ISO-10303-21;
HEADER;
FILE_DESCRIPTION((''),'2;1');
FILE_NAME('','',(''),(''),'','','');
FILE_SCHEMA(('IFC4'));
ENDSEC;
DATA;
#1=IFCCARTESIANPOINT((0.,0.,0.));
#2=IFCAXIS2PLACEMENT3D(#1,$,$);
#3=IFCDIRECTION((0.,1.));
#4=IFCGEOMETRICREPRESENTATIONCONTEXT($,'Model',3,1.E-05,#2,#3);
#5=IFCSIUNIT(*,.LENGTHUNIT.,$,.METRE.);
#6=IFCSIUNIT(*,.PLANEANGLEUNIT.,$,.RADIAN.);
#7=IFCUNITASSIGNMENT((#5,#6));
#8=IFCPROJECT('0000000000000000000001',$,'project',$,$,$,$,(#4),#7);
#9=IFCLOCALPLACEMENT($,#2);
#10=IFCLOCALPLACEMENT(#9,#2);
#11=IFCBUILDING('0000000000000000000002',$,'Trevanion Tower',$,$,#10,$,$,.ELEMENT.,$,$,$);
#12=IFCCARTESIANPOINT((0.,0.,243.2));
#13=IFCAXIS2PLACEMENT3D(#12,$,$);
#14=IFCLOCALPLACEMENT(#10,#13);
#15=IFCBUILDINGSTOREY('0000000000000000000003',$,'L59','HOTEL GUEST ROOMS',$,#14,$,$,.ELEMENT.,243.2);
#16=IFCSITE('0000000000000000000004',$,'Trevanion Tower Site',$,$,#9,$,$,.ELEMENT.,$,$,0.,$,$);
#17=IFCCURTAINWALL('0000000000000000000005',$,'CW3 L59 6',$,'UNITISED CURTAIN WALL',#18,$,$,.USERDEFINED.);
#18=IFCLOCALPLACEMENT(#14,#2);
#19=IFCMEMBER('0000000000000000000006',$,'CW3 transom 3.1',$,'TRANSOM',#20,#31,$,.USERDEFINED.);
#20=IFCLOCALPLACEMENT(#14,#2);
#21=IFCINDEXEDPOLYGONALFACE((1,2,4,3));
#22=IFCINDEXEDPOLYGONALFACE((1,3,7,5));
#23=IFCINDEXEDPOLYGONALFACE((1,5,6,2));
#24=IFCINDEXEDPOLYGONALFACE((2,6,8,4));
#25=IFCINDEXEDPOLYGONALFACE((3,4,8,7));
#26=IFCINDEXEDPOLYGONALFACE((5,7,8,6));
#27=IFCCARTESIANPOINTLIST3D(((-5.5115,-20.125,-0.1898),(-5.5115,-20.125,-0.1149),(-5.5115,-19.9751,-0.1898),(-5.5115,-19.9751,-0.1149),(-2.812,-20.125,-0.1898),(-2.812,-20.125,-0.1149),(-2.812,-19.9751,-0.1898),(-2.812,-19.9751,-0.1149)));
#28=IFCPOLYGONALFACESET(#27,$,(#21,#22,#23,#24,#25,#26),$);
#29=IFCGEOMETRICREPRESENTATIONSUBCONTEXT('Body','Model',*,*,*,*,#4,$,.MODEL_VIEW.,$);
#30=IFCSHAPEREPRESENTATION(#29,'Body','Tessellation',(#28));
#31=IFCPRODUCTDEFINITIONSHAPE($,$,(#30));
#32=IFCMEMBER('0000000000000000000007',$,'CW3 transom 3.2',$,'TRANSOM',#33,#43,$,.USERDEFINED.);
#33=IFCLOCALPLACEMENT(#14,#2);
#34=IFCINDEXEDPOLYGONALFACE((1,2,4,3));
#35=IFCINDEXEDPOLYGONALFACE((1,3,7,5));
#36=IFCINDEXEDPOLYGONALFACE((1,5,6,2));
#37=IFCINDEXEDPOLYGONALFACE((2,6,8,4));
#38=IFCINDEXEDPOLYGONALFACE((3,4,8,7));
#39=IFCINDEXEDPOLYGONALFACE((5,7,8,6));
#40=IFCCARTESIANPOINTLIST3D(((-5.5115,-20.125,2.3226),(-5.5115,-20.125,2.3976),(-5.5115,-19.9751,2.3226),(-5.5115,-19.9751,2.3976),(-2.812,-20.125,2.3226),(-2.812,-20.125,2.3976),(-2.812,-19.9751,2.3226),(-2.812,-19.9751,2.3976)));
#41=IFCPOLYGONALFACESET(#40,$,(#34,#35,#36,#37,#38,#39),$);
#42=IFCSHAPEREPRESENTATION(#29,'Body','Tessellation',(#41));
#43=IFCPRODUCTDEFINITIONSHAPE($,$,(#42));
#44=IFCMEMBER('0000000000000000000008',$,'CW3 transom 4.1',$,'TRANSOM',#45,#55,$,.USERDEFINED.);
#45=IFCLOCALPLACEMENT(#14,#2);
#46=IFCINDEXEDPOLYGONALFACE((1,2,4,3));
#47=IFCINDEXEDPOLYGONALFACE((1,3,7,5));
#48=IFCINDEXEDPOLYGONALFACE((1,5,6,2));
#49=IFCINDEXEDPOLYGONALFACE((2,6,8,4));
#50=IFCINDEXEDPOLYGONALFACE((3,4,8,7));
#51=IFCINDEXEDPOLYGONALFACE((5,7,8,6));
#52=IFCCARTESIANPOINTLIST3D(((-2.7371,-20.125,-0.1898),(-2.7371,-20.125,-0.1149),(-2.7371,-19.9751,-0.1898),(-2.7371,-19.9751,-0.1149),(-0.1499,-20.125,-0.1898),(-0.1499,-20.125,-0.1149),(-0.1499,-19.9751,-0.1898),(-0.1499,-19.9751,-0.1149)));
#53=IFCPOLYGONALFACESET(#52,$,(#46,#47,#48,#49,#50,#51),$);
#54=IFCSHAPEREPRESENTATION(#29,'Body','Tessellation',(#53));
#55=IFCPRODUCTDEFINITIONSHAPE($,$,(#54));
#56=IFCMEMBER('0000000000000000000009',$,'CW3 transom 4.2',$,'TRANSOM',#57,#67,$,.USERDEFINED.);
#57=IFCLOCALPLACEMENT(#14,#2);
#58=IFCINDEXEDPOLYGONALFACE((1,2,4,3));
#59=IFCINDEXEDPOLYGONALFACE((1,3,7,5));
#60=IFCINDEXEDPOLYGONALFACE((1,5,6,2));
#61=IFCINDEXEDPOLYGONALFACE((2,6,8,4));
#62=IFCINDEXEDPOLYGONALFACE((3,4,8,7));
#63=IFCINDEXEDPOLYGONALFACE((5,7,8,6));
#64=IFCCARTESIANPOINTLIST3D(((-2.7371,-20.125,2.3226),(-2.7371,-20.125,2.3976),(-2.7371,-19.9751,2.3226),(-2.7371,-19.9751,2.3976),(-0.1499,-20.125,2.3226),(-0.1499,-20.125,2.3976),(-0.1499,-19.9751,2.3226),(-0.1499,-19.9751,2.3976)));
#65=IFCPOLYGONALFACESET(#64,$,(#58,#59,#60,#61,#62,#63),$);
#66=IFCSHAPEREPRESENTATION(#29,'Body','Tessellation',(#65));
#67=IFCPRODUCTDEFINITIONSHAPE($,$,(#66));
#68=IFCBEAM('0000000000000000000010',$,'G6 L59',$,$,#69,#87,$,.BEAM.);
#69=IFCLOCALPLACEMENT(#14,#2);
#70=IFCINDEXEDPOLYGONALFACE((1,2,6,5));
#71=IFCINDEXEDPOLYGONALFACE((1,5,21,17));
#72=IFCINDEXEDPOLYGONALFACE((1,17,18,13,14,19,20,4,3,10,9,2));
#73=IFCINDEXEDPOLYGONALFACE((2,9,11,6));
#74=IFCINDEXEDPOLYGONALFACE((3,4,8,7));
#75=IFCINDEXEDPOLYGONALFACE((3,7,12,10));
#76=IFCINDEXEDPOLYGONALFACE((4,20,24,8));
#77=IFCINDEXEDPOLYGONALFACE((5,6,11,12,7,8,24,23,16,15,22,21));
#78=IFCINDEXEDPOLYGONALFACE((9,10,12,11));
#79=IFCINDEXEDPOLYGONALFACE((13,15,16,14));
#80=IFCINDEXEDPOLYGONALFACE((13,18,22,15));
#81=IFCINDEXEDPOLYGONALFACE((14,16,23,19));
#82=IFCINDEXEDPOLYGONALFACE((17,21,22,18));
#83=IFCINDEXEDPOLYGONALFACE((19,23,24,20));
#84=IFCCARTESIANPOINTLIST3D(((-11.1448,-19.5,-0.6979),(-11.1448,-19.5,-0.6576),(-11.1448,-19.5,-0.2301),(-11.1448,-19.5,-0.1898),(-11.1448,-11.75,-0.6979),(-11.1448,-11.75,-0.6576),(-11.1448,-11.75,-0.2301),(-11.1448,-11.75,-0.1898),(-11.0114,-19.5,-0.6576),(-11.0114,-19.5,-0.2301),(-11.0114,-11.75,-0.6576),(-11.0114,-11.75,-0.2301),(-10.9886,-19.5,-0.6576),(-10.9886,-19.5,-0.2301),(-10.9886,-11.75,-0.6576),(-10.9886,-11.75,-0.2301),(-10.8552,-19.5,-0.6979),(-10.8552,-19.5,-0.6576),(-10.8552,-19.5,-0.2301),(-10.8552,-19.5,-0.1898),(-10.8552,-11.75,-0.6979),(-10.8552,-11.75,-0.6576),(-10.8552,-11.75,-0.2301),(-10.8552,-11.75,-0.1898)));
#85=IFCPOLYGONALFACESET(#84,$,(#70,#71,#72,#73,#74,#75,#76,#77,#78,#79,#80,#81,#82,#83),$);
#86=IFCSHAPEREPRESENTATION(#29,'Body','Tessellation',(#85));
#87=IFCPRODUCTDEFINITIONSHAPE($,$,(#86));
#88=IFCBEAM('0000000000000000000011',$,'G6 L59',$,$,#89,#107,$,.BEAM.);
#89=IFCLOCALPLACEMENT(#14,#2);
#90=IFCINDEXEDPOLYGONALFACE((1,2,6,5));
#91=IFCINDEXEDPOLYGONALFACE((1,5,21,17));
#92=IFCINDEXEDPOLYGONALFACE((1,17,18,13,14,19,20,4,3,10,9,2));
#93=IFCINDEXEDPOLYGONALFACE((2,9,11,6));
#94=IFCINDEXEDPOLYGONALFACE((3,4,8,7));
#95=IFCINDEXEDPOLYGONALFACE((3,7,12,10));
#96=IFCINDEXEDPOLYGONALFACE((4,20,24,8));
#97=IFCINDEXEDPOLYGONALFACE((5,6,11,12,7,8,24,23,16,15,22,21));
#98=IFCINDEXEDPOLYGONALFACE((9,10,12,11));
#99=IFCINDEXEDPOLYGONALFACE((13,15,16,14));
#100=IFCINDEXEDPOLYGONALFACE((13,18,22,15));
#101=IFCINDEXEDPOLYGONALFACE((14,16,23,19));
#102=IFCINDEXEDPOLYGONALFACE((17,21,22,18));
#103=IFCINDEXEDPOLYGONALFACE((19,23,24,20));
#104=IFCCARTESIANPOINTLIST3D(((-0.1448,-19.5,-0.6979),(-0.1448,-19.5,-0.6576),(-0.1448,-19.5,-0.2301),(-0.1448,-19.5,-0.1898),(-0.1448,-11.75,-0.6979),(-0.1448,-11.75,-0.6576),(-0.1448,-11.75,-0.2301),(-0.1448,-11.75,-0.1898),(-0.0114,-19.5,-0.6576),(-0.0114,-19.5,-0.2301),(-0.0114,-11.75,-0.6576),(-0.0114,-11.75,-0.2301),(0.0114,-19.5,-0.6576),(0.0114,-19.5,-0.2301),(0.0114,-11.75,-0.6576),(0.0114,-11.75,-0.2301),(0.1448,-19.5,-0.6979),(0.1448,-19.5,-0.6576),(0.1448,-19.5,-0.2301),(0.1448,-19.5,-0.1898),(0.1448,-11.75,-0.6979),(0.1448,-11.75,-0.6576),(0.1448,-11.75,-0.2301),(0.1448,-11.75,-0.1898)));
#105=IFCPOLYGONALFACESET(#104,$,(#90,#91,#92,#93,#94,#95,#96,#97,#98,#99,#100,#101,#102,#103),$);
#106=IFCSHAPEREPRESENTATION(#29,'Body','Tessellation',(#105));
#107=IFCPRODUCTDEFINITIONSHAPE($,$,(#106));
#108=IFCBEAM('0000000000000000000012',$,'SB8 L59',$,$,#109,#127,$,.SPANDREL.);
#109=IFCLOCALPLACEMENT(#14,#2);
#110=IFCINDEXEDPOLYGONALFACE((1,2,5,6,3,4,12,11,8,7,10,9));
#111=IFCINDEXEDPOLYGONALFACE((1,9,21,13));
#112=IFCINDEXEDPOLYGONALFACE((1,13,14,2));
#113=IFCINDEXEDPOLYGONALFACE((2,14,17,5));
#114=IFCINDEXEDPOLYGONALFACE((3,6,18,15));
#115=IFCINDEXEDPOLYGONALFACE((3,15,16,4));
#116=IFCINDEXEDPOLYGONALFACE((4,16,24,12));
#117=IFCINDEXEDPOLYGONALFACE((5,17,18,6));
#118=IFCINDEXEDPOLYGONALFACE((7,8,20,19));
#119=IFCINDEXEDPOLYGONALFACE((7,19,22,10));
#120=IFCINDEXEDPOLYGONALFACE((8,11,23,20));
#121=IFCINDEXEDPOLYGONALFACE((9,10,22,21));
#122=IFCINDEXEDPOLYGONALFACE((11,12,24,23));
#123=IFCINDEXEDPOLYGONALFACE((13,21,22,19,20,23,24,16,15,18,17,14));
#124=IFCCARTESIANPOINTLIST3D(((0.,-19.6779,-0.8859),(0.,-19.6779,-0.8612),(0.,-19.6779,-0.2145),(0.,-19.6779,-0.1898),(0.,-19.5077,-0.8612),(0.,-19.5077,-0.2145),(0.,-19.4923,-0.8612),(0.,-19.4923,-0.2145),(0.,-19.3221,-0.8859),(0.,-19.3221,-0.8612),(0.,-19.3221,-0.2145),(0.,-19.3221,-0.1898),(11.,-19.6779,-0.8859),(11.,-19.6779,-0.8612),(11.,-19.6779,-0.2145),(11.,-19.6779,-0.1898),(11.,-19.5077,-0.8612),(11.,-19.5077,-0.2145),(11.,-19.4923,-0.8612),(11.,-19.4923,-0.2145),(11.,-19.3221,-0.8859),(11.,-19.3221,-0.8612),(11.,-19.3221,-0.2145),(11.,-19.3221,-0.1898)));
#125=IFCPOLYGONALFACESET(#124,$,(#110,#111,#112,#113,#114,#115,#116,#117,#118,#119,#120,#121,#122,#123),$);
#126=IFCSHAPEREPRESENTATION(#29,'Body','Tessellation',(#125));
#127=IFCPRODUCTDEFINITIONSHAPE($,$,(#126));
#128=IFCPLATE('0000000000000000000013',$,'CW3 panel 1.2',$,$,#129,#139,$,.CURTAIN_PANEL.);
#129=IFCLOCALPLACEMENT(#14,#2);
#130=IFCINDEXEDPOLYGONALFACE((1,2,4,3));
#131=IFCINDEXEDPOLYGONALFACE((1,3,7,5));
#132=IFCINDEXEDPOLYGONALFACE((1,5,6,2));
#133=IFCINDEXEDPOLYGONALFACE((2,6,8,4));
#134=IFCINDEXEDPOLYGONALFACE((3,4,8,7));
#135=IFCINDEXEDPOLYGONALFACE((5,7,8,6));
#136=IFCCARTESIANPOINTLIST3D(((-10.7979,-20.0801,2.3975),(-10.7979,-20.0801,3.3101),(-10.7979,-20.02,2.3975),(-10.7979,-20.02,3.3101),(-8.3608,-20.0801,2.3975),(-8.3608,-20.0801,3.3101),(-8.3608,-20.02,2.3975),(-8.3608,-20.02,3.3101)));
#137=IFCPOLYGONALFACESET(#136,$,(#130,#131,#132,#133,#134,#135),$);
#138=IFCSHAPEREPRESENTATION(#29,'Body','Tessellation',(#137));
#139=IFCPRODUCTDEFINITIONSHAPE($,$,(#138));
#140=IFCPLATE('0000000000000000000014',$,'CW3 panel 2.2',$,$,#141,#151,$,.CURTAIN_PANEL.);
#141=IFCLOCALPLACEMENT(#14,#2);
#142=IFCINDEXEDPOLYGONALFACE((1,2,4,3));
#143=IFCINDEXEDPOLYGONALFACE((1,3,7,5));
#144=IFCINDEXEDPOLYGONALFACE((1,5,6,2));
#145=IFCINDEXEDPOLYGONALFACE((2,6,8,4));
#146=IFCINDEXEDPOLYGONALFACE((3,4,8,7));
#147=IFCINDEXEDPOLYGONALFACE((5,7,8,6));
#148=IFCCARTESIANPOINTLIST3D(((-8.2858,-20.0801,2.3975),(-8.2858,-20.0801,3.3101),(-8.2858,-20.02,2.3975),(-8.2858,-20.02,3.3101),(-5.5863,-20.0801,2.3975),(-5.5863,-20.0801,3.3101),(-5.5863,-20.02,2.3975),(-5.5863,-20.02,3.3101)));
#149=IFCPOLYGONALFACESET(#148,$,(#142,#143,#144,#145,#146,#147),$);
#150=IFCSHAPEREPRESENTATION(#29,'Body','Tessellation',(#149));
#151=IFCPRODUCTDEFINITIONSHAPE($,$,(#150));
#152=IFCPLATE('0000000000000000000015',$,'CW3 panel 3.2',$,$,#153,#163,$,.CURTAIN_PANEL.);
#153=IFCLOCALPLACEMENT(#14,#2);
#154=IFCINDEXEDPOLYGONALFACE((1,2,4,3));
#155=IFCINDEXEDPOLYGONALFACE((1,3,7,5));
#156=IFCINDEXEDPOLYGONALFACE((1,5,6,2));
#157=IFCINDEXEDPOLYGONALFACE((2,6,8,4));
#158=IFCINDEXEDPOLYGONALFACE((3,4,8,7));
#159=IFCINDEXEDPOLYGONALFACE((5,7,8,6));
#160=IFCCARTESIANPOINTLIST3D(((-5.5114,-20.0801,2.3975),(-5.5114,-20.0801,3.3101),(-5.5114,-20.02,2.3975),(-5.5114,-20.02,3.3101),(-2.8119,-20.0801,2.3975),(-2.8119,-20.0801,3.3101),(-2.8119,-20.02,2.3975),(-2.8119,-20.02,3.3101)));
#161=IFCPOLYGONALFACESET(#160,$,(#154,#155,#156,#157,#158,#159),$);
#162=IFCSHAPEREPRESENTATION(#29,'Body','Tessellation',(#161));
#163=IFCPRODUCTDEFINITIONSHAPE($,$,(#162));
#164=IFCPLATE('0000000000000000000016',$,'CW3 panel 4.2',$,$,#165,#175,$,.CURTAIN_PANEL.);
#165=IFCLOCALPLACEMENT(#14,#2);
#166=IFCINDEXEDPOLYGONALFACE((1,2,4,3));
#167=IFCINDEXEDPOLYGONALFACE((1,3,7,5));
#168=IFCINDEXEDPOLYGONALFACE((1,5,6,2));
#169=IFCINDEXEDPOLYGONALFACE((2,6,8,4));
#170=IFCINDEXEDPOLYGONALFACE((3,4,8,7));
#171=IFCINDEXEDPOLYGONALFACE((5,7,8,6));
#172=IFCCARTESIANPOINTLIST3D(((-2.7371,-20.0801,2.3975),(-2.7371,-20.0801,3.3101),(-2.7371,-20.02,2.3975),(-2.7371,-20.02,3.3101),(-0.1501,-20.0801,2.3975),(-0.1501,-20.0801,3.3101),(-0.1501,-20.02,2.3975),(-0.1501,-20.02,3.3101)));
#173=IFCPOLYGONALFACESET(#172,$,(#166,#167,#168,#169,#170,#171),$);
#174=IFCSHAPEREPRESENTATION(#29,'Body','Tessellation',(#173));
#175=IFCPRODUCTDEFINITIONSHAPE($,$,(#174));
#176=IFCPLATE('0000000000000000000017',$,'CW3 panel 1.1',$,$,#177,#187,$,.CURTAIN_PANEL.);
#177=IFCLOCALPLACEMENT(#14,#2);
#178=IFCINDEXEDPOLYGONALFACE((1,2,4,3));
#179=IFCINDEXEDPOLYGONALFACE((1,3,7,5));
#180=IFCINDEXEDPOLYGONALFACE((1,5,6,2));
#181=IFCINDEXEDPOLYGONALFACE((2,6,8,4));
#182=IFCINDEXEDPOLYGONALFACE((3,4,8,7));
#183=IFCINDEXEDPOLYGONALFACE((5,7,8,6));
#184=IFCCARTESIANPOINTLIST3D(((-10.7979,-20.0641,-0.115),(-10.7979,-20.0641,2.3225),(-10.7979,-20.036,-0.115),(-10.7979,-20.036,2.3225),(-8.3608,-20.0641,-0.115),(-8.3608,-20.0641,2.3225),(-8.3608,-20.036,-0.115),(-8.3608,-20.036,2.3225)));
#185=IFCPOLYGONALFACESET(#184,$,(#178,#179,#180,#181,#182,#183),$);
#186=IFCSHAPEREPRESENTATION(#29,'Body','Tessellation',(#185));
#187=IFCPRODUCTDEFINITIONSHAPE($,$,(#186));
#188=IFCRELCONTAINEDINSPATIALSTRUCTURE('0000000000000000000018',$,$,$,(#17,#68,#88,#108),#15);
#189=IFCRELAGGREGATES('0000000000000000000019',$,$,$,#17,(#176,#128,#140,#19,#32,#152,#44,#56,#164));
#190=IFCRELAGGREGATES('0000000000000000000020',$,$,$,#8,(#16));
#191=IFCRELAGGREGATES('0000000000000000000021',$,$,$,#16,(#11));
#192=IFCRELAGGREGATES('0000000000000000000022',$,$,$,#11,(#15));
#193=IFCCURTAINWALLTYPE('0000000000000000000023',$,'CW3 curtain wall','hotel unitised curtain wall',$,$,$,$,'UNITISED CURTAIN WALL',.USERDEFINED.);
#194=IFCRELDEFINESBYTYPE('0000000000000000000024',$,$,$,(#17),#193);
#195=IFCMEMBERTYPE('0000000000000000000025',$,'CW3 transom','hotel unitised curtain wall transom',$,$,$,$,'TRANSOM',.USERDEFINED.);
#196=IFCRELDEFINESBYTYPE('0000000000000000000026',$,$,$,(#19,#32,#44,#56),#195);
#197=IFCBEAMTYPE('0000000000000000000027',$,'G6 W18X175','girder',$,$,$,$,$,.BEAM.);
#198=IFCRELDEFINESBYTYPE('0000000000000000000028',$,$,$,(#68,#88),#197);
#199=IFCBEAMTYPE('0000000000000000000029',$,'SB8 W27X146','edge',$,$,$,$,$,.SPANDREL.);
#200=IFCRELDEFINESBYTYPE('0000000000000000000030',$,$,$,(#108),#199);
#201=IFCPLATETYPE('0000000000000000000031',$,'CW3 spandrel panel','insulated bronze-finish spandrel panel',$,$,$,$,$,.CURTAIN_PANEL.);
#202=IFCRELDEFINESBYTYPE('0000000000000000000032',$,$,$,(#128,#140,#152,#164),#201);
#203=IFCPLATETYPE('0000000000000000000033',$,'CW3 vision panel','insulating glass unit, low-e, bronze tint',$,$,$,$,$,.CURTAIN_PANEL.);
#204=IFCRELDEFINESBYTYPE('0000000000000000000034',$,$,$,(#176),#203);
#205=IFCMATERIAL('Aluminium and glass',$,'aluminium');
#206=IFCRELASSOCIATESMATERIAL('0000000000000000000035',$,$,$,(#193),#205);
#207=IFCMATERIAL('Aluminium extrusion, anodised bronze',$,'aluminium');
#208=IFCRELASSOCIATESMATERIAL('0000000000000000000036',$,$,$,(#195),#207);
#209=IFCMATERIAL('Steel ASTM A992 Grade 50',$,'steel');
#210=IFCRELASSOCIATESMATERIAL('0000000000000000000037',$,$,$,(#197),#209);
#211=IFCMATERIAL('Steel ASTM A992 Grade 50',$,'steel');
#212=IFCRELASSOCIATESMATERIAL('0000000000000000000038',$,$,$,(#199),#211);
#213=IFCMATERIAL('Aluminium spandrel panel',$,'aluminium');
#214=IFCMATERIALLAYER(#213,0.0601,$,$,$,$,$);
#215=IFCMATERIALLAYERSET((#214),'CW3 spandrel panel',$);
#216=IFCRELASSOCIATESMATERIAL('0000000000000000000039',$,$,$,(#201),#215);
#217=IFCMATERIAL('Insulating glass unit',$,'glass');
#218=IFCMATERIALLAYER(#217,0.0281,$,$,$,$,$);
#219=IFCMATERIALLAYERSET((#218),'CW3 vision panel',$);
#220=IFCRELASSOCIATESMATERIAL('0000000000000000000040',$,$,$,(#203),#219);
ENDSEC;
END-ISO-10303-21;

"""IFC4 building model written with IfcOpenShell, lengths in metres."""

from ifc_helpers import new_model, si_unit, direction, frame, origin, origin_2d, place, context, subcontext, project, spatial, rectangle, i_section, extrude, material, layer, layer_set, material_profile, profile_set, type_object, element, aggregate, save


model = new_model("IFC4")

# Units and contexts
model_context = context("Model", 3, precision=1e-05, world=origin(), true_north=direction((0.0, 1.0)))
body_context = subcontext(model_context, "Body", "Model", "MODEL_VIEW")
ifc_project = project(units=[si_unit("LENGTHUNIT", "METRE"), si_unit("PLANEANGLEUNIT", "RADIAN")], contexts=[model_context])

# Site, building, storey
site_placement = place(None, origin())
site = spatial("IfcSite", under=ifc_project, at=site_placement, Name="Trevanion Tower Site", CompositionType="ELEMENT", RefElevation=0.0)
building_placement = place(site_placement, origin())
building = spatial("IfcBuilding", under=site, at=building_placement, Name="Trevanion Tower", CompositionType="ELEMENT")
storey_placement = place(building_placement, frame((0.0, 0.0, 243.2)))
storey = spatial("IfcBuildingStorey", under=building, at=storey_placement, Name="L59", Description="HOTEL GUEST ROOMS", CompositionType="ELEMENT", Elevation=243.2)

# Curtain wall, members
ifc_material_1 = material(Name="Aluminium and glass", Category="aluminium")
curtain_wall_type = type_object("IfcCurtainWallType", Name="CW3 curtain wall", Description="hotel unitised curtain wall", ElementType="UNITISED CURTAIN WALL", PredefinedType="USERDEFINED", material=ifc_material_1)
curtain_wall_placement = place(storey_placement, origin())
curtain_wall = element("IfcCurtainWall", 1, at=curtain_wall_placement, inside=storey, type_object=curtain_wall_type, Name="CW3 L59 6", ObjectType="UNITISED CURTAIN WALL", PredefinedType="USERDEFINED")
ifc_material_2 = material(Name="Aluminium extrusion, anodised bronze", Category="aluminium")
ifc_material_profile_1 = material_profile(ifc_material_2, rectangle(XDim=0.1499, YDim=0.075, at=origin_2d()), Name="CW3 transom")
ifc_profile_set_1 = profile_set([ifc_material_profile_1], Name="Aluminium extrusion, anodised bronze")
member_type_1 = type_object("IfcMemberType", Name="CW3 transom", Description="hotel unitised curtain wall transom", ElementType="TRANSOM", PredefinedType="USERDEFINED", material=ifc_profile_set_1)
member_1_placement = place(storey_placement, frame((-5.5115, -20.05, -0.1523), z_axis=(1.0, 0.0, 0.0), x_axis=(0.0, 1.0, 0.0)))
member_1 = element("IfcMember", 2, at=member_1_placement, type_object=member_type_1, Name="CW3 transom 3.1", ObjectType="TRANSOM", PredefinedType="USERDEFINED", context=body_context, shape_type="SweptSolid", body=[
    extrude(rectangle(XDim=0.1499, YDim=0.075, at=origin_2d()), origin(), (0.0, 0.0, 1.0), 2.6995),
])
member_2_placement = place(storey_placement, frame((-5.5115, -20.05, 2.3601), z_axis=(1.0, 0.0, 0.0), x_axis=(0.0, 1.0, 0.0)))
member_2 = element("IfcMember", 3, at=member_2_placement, type_object=member_type_1, Name="CW3 transom 3.2", ObjectType="TRANSOM", PredefinedType="USERDEFINED", context=body_context, shape_type="SweptSolid", body=[
    extrude(rectangle(XDim=0.1499, YDim=0.075, at=origin_2d()), origin(), (0.0, 0.0, 1.0), 2.6995),
])
member_3_placement = place(storey_placement, frame((-2.7371, -20.05, -0.1523), z_axis=(1.0, 0.0, 0.0), x_axis=(0.0, 1.0, 0.0)))
member_3 = element("IfcMember", 4, at=member_3_placement, type_object=member_type_1, Name="CW3 transom 4.1", ObjectType="TRANSOM", PredefinedType="USERDEFINED", context=body_context, shape_type="SweptSolid", body=[
    extrude(rectangle(XDim=0.1499, YDim=0.075, at=origin_2d()), origin(), (0.0, 0.0, 1.0), 2.5872),
])
member_4_placement = place(storey_placement, frame((-2.7371, -20.05, 2.3601), z_axis=(1.0, 0.0, 0.0), x_axis=(0.0, 1.0, 0.0)))
member_4 = element("IfcMember", 5, at=member_4_placement, type_object=member_type_1, Name="CW3 transom 4.2", ObjectType="TRANSOM", PredefinedType="USERDEFINED", context=body_context, shape_type="SweptSolid", body=[
    extrude(rectangle(XDim=0.1499, YDim=0.075, at=origin_2d()), origin(), (0.0, 0.0, 1.0), 2.5872),
])

# Beams
ifc_material_3 = material(Name="Steel ASTM A992 Grade 50", Category="steel")
ifc_material_profile_2 = material_profile(ifc_material_3, i_section(OverallWidth=0.2896, OverallDepth=0.5081, WebThickness=0.0227, FlangeThickness=0.0403, at=origin_2d()), Name="W18X175")
ifc_profile_set_2 = profile_set([ifc_material_profile_2], Name="Steel ASTM A992 Grade 50")
beam_type_1 = type_object("IfcBeamType", Name="G6 W18X175", Description="girder", PredefinedType="BEAM", material=ifc_profile_set_2)
for number, where, z_axis, x_axis, name in (
    (6, (-11.0, -11.75, -0.4438), (0.0, -1.0, 0.0), (1.0, 0.0, 0.0), "G6 L59"),
    (7, (0.0, -11.75, -0.4438), (0.0, -1.0, 0.0), (1.0, 0.0, 0.0), "G6 L59"),
):
    element("IfcBeam", number, at=place(storey_placement, frame(where, z_axis=z_axis, x_axis=x_axis)), inside=storey, type_object=beam_type_1, Name=name, PredefinedType="BEAM", context=body_context, shape_type="SweptSolid", body=[
        extrude(i_section(OverallWidth=0.2896, OverallDepth=0.5081, WebThickness=0.0227, FlangeThickness=0.0403, at=origin_2d()), origin(), (0.0, 0.0, 1.0), 7.75),
    ])
ifc_material_4 = material(Name="Steel ASTM A992 Grade 50", Category="steel")
ifc_material_profile_3 = material_profile(ifc_material_4, i_section(OverallWidth=0.3557, OverallDepth=0.696, WebThickness=0.0154, FlangeThickness=0.0247, at=origin_2d()), Name="W27X146")
ifc_profile_set_3 = profile_set([ifc_material_profile_3], Name="Steel ASTM A992 Grade 50")
beam_type_2 = type_object("IfcBeamType", Name="SB8 W27X146", Description="edge", PredefinedType="SPANDREL", material=ifc_profile_set_3)
beam_placement = place(storey_placement, frame((0.0, -19.5, -0.5378), z_axis=(1.0, 0.0, 0.0), x_axis=(0.0, 1.0, 0.0)))
element("IfcBeam", 8, at=beam_placement, inside=storey, type_object=beam_type_2, Name="SB8 L59", PredefinedType="SPANDREL", context=body_context, shape_type="SweptSolid", body=[
    extrude(i_section(OverallWidth=0.3557, OverallDepth=0.696, WebThickness=0.0154, FlangeThickness=0.0247, at=origin_2d()), origin(), (0.0, 0.0, 1.0), 11.0),
])

# Plates
ifc_material_5 = material(Name="Aluminium spandrel panel", Category="aluminium")
ifc_layer_1 = layer(ifc_material_5, 0.0601)
ifc_layer_set_1 = layer_set([ifc_layer_1], Name="CW3 spandrel panel")
plate_type_1 = type_object("IfcPlateType", Name="CW3 spandrel panel", Description="insulated bronze-finish spandrel panel", PredefinedType="CURTAIN_PANEL", material=ifc_layer_set_1)
plate_1_placement = place(storey_placement, frame((-9.5793, -20.05, 2.3975), z_axis=(0.0, 0.0, 1.0), x_axis=(1.0, 0.0, 0.0)))
plate_1 = element("IfcPlate", 9, at=plate_1_placement, type_object=plate_type_1, Name="CW3 panel 1.2", PredefinedType="CURTAIN_PANEL", context=body_context, shape_type="SweptSolid", body=[
    extrude(rectangle(XDim=2.437, YDim=0.0601, at=origin_2d()), origin(), (0.0, 0.0, 1.0), 0.9126),
])
plate_2_placement = place(storey_placement, frame((-6.936, -20.05, 2.3975), z_axis=(0.0, 0.0, 1.0), x_axis=(1.0, 0.0, 0.0)))
plate_2 = element("IfcPlate", 10, at=plate_2_placement, type_object=plate_type_1, Name="CW3 panel 2.2", PredefinedType="CURTAIN_PANEL", context=body_context, shape_type="SweptSolid", body=[
    extrude(rectangle(XDim=2.6995, YDim=0.0601, at=origin_2d()), origin(), (0.0, 0.0, 1.0), 0.9126),
])
plate_3_placement = place(storey_placement, frame((-4.1616, -20.05, 2.3975), z_axis=(0.0, 0.0, 1.0), x_axis=(1.0, 0.0, 0.0)))
plate_3 = element("IfcPlate", 11, at=plate_3_placement, type_object=plate_type_1, Name="CW3 panel 3.2", PredefinedType="CURTAIN_PANEL", context=body_context, shape_type="SweptSolid", body=[
    extrude(rectangle(XDim=2.6995, YDim=0.0601, at=origin_2d()), origin(), (0.0, 0.0, 1.0), 0.9126),
])
plate_4_placement = place(storey_placement, frame((-1.4436, -20.05, 2.3975), z_axis=(0.0, 0.0, 1.0), x_axis=(1.0, 0.0, 0.0)))
plate_4 = element("IfcPlate", 12, at=plate_4_placement, type_object=plate_type_1, Name="CW3 panel 4.2", PredefinedType="CURTAIN_PANEL", context=body_context, shape_type="SweptSolid", body=[
    extrude(rectangle(XDim=2.5869, YDim=0.0601, at=origin_2d()), origin(), (0.0, 0.0, 1.0), 0.9126),
])
ifc_material_6 = material(Name="Insulating glass unit", Category="glass")
ifc_layer_2 = layer(ifc_material_6, 0.0281)
ifc_layer_set_2 = layer_set([ifc_layer_2], Name="CW3 vision panel")
plate_type_2 = type_object("IfcPlateType", Name="CW3 vision panel", Description="insulating glass unit, low-e, bronze tint", PredefinedType="CURTAIN_PANEL", material=ifc_layer_set_2)
plate_5_placement = place(storey_placement, frame((-9.5793, -20.05, -0.115), z_axis=(0.0, 0.0, 1.0), x_axis=(1.0, 0.0, 0.0)))
plate_5 = element("IfcPlate", 13, at=plate_5_placement, type_object=plate_type_2, Name="CW3 panel 1.1", PredefinedType="CURTAIN_PANEL", context=body_context, shape_type="SweptSolid", body=[
    extrude(rectangle(XDim=2.437, YDim=0.0281, at=origin_2d()), origin(), (0.0, 0.0, 1.0), 2.4375),
])
aggregate(curtain_wall, [plate_5, plate_1, plate_2, member_1, member_2, plate_3, member_3, member_4, plate_4])

save(model, "model.ifc")
